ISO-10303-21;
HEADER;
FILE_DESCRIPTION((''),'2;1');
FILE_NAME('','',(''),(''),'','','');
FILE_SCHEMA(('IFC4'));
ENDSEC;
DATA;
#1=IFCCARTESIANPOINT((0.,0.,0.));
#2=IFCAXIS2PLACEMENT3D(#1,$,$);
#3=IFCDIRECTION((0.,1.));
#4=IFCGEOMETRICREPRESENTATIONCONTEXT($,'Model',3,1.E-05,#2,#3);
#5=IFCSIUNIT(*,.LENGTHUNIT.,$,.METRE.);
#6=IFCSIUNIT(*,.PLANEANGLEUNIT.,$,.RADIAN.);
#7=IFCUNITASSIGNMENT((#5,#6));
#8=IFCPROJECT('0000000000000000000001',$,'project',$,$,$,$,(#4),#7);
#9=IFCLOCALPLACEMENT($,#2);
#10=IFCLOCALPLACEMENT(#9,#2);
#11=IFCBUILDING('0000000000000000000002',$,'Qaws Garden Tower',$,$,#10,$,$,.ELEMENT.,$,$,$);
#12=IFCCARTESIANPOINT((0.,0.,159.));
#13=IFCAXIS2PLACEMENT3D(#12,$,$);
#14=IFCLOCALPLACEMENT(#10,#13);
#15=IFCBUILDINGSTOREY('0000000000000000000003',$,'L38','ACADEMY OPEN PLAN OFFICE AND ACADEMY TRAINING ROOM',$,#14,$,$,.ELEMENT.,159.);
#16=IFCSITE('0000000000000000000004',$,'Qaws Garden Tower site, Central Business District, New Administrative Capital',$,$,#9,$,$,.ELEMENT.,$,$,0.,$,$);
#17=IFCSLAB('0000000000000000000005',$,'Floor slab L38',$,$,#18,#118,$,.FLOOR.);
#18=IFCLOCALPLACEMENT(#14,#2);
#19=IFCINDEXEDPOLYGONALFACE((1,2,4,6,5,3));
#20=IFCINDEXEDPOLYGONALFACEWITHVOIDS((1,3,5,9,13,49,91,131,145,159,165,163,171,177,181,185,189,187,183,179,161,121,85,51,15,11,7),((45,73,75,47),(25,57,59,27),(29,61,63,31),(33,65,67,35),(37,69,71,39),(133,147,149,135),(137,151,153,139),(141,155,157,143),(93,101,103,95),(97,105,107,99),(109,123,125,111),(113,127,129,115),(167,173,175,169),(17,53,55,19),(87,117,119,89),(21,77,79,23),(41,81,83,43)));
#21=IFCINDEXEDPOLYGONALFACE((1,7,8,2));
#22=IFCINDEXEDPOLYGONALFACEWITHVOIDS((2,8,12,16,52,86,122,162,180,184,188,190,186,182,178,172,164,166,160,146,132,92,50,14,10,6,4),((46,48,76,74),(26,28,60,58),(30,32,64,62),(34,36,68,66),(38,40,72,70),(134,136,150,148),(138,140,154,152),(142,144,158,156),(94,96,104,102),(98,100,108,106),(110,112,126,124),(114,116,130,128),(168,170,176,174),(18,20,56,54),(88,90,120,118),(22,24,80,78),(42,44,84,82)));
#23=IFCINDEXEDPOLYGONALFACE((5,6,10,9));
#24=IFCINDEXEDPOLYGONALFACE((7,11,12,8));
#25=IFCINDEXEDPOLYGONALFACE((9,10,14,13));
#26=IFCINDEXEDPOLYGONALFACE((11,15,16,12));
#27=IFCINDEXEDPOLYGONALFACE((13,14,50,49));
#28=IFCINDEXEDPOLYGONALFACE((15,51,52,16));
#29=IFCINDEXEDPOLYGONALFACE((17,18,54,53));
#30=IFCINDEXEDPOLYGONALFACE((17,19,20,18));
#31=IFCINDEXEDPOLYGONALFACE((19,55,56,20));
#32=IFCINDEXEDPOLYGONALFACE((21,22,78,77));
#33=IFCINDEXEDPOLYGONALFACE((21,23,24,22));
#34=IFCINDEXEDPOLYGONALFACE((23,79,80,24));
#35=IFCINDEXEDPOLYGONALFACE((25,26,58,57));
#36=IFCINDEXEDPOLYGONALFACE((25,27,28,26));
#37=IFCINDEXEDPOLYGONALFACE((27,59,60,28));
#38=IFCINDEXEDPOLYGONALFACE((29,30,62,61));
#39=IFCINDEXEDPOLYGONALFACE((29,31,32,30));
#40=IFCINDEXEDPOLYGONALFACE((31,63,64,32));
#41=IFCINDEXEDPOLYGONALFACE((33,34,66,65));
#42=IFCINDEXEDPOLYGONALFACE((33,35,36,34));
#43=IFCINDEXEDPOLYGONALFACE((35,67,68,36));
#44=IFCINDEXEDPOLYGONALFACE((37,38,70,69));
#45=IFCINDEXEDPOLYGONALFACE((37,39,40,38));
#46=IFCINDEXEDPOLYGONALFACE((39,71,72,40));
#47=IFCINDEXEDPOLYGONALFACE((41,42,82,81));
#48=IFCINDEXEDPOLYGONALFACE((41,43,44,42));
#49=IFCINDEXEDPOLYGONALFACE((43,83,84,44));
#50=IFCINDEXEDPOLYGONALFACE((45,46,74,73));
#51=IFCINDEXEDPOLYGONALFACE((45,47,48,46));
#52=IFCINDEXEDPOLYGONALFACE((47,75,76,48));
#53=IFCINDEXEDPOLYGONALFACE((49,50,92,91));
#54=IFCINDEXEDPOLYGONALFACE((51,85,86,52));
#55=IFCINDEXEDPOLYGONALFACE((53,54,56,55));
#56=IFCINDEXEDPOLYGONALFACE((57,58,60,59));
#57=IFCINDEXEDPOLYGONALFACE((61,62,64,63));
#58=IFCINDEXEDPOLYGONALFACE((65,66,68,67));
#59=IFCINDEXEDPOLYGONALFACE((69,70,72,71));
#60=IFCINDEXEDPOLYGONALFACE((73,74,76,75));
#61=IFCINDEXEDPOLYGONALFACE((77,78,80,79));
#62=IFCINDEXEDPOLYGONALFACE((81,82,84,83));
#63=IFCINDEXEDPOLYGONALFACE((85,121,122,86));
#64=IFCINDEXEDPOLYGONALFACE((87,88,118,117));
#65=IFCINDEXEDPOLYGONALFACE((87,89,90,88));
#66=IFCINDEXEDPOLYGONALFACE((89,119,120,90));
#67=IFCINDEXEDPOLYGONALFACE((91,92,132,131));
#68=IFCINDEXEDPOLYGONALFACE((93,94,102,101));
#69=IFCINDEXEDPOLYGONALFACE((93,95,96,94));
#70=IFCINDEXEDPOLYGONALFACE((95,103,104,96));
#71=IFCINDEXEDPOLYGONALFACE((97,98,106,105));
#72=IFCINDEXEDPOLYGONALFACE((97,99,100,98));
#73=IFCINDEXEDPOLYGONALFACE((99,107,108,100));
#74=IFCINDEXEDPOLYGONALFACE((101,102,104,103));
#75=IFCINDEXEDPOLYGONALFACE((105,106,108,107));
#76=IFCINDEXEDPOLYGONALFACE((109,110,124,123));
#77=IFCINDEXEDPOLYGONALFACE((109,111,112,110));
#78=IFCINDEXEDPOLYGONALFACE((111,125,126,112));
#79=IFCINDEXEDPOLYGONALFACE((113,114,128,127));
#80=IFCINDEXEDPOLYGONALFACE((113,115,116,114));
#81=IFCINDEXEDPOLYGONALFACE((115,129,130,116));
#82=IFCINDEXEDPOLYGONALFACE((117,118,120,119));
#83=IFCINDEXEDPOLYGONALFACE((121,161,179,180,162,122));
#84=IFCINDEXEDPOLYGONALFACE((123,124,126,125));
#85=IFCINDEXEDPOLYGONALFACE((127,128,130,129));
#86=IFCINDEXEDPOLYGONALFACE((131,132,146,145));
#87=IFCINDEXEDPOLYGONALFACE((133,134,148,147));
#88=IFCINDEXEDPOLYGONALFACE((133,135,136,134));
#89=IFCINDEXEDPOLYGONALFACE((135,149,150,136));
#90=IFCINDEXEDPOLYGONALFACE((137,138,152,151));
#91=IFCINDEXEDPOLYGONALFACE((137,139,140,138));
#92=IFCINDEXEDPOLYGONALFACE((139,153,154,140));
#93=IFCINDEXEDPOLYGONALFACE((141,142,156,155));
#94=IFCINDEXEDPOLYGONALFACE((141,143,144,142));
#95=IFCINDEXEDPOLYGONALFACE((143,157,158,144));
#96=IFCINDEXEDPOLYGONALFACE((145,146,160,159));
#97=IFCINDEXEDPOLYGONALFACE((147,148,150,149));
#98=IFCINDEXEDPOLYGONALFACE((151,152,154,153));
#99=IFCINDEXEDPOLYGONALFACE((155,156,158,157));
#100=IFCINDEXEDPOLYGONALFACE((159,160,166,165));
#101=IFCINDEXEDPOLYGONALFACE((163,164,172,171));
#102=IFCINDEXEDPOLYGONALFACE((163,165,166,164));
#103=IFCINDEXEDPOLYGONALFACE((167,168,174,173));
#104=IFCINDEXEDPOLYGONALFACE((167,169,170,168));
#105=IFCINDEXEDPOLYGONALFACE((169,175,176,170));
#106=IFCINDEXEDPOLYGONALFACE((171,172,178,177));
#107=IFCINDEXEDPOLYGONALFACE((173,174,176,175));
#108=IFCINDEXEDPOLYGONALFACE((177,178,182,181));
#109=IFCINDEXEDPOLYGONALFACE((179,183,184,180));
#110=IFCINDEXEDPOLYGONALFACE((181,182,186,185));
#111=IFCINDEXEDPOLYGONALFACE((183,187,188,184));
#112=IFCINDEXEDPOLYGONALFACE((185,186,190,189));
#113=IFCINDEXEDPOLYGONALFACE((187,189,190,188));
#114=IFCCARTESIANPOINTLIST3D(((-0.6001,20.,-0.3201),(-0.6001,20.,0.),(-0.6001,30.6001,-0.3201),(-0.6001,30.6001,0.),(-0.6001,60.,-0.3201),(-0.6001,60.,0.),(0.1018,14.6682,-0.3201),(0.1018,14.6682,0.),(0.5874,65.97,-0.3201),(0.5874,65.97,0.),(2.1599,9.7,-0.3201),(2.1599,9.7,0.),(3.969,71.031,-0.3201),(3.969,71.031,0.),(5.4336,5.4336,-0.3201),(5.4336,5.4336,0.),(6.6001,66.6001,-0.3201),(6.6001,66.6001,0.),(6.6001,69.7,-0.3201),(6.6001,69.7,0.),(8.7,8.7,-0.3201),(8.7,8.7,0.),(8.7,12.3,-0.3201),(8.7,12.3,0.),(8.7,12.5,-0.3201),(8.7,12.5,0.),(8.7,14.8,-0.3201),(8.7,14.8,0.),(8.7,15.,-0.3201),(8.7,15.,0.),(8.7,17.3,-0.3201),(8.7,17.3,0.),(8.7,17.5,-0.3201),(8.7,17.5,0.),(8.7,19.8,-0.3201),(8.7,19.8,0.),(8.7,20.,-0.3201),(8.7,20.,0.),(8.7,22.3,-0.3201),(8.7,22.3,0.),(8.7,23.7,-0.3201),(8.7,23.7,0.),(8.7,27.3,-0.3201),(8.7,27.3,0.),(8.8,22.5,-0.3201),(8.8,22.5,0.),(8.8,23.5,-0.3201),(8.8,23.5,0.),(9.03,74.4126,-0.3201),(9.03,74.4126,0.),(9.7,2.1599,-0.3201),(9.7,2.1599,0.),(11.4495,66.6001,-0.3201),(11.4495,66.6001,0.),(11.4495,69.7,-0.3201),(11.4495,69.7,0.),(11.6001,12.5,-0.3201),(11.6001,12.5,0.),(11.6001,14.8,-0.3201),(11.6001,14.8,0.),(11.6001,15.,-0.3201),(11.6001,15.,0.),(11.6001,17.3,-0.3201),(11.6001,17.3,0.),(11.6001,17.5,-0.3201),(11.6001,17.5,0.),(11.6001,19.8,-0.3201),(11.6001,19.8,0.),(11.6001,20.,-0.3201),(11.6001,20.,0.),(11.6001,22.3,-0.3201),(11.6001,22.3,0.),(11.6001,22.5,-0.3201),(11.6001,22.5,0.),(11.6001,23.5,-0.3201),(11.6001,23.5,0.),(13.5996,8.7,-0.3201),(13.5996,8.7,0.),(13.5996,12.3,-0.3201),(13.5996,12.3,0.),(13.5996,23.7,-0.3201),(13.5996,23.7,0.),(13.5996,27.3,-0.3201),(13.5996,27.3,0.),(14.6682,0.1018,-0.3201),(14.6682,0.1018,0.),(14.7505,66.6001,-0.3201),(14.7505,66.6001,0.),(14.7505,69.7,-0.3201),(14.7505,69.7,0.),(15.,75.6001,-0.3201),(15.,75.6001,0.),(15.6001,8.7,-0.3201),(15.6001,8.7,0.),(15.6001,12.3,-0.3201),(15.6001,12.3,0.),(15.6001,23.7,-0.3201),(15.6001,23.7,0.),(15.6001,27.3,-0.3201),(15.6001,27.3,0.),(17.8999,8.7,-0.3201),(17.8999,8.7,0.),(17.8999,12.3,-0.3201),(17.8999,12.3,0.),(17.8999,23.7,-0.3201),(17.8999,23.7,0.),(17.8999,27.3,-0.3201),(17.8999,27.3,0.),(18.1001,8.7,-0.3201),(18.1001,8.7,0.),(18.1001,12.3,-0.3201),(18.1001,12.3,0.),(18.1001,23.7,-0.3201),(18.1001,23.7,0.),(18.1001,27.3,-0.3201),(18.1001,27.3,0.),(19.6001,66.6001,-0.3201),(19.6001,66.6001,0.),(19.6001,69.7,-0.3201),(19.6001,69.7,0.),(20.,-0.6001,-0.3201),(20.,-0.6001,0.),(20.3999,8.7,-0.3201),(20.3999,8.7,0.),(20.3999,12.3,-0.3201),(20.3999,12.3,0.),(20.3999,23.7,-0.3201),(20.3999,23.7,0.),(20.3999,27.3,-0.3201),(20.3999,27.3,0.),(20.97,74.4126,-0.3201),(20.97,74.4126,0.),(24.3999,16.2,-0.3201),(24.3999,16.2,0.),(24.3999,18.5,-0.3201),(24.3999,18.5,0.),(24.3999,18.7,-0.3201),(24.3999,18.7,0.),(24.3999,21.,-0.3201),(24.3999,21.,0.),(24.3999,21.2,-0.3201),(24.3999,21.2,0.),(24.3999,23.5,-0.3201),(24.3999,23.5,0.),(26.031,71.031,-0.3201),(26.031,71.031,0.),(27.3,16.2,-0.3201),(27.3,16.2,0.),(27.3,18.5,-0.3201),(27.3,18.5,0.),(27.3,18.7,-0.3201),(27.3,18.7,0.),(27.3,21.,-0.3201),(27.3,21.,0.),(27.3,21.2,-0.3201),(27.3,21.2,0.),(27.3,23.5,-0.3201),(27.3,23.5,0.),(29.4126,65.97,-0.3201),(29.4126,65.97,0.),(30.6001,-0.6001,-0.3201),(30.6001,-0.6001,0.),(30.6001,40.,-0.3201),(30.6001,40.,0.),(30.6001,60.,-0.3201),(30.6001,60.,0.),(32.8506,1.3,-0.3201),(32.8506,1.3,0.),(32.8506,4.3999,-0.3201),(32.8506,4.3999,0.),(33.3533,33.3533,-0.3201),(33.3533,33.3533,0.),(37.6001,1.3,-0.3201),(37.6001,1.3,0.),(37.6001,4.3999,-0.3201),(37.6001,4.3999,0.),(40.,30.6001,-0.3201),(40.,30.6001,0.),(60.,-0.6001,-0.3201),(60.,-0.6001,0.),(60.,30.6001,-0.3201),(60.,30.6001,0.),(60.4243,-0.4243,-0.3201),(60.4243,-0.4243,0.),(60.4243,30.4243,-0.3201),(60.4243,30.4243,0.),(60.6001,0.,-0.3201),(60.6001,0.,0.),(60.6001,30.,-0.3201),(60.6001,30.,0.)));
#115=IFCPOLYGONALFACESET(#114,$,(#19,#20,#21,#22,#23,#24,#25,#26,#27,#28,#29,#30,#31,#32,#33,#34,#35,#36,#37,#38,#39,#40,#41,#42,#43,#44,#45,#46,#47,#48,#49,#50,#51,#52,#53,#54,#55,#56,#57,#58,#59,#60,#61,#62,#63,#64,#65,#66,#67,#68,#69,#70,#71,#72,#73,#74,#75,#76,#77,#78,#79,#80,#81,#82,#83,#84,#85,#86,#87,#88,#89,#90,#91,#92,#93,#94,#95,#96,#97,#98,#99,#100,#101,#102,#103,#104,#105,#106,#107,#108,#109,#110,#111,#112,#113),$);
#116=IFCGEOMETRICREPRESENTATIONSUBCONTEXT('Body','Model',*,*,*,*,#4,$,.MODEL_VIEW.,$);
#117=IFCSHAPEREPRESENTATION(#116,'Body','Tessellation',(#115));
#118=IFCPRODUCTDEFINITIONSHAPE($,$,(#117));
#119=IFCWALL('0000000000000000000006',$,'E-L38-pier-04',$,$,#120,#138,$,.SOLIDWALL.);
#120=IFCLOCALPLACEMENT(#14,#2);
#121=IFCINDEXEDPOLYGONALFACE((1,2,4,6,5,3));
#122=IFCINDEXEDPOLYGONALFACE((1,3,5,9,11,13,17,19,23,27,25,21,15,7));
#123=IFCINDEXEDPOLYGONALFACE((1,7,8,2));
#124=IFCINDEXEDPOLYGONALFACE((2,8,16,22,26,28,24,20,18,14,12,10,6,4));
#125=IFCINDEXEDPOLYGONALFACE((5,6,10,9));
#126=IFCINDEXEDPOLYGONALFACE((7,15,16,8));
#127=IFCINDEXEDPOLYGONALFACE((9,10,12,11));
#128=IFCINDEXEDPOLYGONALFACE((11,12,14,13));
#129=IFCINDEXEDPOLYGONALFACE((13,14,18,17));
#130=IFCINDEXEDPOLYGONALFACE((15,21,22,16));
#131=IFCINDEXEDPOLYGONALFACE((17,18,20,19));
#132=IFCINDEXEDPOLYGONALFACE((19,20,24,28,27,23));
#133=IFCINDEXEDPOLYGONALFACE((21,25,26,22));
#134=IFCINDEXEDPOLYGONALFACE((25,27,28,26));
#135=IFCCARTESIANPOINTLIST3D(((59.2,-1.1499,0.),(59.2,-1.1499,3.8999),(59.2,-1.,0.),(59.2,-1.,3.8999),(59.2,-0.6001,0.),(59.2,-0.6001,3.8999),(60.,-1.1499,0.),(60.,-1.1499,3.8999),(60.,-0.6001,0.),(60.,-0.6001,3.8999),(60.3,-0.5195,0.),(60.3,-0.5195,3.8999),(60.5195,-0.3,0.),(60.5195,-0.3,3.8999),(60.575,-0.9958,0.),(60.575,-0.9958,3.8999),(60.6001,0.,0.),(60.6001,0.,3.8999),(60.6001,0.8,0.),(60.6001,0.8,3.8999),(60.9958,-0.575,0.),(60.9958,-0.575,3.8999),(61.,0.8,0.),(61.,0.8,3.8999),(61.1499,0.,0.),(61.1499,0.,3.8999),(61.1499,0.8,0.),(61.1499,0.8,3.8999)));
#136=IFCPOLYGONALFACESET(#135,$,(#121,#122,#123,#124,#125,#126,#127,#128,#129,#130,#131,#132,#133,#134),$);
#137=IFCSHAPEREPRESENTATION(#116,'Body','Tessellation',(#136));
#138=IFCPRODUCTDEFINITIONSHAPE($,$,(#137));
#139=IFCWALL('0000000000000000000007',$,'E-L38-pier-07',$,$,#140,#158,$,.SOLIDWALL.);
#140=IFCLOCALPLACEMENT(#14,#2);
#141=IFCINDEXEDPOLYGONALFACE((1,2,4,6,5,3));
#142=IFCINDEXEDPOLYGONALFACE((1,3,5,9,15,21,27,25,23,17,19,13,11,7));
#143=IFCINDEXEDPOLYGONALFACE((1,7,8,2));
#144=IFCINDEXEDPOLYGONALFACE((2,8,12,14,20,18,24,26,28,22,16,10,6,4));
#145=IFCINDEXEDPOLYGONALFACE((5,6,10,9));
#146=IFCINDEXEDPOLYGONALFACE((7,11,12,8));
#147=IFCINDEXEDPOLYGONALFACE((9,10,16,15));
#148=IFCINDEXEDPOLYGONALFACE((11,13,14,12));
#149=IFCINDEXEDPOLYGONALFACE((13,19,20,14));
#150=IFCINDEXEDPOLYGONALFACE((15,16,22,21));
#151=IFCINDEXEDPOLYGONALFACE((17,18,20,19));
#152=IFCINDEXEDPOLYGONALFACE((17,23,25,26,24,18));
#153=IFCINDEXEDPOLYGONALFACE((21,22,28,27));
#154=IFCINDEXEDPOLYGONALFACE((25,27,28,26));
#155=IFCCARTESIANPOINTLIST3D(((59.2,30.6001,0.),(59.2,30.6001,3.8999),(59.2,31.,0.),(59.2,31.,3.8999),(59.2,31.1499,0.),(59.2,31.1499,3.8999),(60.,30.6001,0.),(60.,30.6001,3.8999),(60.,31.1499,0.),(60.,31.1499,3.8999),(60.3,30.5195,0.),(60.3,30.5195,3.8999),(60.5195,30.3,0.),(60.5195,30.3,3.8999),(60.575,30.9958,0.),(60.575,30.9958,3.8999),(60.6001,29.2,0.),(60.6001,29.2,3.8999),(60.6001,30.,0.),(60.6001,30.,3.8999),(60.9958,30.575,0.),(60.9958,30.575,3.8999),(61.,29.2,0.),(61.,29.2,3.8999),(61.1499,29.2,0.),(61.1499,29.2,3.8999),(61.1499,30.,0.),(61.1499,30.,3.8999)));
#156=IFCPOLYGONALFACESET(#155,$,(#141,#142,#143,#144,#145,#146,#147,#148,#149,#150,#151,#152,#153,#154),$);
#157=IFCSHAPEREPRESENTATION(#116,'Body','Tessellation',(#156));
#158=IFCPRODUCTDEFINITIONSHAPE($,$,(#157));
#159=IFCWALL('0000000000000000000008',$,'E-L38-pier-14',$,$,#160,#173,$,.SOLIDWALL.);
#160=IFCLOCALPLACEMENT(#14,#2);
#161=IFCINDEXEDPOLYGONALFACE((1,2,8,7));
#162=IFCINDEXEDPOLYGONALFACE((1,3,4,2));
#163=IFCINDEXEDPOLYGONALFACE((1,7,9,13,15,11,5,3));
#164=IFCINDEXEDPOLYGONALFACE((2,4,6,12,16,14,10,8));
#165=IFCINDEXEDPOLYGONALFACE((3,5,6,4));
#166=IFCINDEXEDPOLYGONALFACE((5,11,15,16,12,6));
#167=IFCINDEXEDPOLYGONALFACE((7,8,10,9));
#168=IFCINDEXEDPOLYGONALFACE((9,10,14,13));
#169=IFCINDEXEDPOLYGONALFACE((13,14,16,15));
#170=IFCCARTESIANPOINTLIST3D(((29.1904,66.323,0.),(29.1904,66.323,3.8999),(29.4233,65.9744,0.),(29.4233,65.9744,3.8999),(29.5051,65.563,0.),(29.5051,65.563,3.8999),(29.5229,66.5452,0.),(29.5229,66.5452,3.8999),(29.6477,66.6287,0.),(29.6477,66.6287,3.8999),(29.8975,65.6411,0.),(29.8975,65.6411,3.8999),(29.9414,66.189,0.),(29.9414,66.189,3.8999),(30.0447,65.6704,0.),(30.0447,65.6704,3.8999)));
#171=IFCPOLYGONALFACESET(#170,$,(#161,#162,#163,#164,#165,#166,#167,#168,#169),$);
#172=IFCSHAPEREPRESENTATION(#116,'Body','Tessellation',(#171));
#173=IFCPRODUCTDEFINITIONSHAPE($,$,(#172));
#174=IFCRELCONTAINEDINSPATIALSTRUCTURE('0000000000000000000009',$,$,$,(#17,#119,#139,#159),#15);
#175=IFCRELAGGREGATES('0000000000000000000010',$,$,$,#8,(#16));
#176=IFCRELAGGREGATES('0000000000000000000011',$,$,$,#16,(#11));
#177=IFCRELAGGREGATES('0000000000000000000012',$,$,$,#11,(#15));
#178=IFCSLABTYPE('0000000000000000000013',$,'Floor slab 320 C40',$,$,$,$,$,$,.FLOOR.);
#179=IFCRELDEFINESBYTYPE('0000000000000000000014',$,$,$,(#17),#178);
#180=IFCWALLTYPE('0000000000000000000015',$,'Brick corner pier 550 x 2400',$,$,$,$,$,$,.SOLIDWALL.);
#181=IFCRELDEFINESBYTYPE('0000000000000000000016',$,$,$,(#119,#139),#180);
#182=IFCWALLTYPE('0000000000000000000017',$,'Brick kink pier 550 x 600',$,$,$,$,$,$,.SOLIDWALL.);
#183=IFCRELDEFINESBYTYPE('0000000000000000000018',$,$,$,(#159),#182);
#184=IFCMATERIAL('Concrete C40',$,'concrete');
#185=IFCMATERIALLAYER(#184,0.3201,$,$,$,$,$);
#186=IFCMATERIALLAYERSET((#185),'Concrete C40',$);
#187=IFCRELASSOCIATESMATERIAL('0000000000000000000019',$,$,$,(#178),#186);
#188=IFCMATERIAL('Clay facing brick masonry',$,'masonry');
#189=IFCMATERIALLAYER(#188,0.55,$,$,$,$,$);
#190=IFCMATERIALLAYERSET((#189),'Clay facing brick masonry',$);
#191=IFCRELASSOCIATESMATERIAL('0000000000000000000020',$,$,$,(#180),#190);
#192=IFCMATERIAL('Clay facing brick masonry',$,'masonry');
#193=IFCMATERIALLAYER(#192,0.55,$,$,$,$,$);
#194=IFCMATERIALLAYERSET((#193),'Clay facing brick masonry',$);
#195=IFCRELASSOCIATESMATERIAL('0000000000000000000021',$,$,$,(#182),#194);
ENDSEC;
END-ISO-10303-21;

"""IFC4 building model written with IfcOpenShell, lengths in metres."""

from ifc_helpers import new_model, si_unit, direction, frame, origin, place, context, subcontext, project, spatial, polyline, outline, extrude, material, layer, layer_set, type_object, element, save


model = new_model("IFC4")

# Units and contexts
model_context = context("Model", 3, precision=1e-05, world=origin(), true_north=direction((0.0, 1.0)))
body_context = subcontext(model_context, "Body", "Model", "MODEL_VIEW")
ifc_project = project(units=[si_unit("LENGTHUNIT", "METRE"), si_unit("PLANEANGLEUNIT", "RADIAN")], contexts=[model_context])

# Site, building, storey
site_placement = place(None, origin())
site = spatial("IfcSite", under=ifc_project, at=site_placement, Name="Qaws Garden Tower site, Central Business District, New Administrative Capital", CompositionType="ELEMENT", RefElevation=0.0)
building_placement = place(site_placement, origin())
building = spatial("IfcBuilding", under=site, at=building_placement, Name="Qaws Garden Tower", CompositionType="ELEMENT")
storey_placement = place(building_placement, frame((0.0, 0.0, 159.0)))
storey = spatial("IfcBuildingStorey", under=building, at=storey_placement, Name="L38", Description="ACADEMY OPEN PLAN OFFICE AND ACADEMY TRAINING ROOM", CompositionType="ELEMENT", Elevation=159.0)

# Slab
ifc_material_1 = material(Name="Concrete C40", Category="concrete")
ifc_layer_1 = layer(ifc_material_1, 0.3201)
ifc_layer_set_1 = layer_set([ifc_layer_1], Name="Concrete C40")
slab_type = type_object("IfcSlabType", Name="Floor slab 320 C40", PredefinedType="FLOOR", material=ifc_layer_set_1)
slab_placement = place(storey_placement, frame((0.0, 0.0, -0.3201)))
element("IfcSlab", 1, at=slab_placement, inside=storey, type_object=slab_type, Name="Floor slab L38", PredefinedType="FLOOR", context=body_context, shape_type="SweptSolid", body=[
    extrude(outline(polyline([(0.1018, 14.6682), (-0.6001, 20.0), (-0.6001, 30.6001), (-0.6001, 60.0), (-0.6001, 60.0), (0.5874, 65.97), (3.969, 71.031), (9.03, 74.4126), (15.0, 75.6001), (20.97, 74.4126), (26.031, 71.031), (29.4126, 65.97), (30.6001, 60.0), (30.6001, 40.0), (33.3533, 33.3533), (40.0, 30.6001), (60.0, 30.6001), (60.4243, 30.4243), (60.6001, 30.0), (60.6001, 0.0), (60.4243, -0.4243), (60.0, -0.6001), (30.6001, -0.6001), (20.0, -0.6001), (14.6682, 0.1018), (9.7, 2.1599), (5.4336, 5.4336), (2.1599, 9.7), (0.1018, 14.6682)]), holes=[polyline([(13.5996, 12.3), (8.7, 12.3), (8.7, 8.7), (13.5996, 8.7), (13.5996, 12.3)]), polyline([(17.8999, 12.3), (15.6001, 12.3), (15.6001, 8.7), (17.8999, 8.7), (17.8999, 12.3)]), polyline([(11.6001, 14.8), (8.7, 14.8), (8.7, 12.5), (11.6001, 12.5), (11.6001, 14.8)]), polyline([(11.6001, 17.3), (8.7, 17.3), (8.7, 15.0), (11.6001, 15.0), (11.6001, 17.3)]), polyline([(11.6001, 19.8), (8.7, 19.8), (8.7, 17.5), (11.6001, 17.5), (11.6001, 19.8)]), polyline([(11.6001, 22.3), (8.7, 22.3), (8.7, 20.0), (11.6001, 20.0), (11.6001, 22.3)]), polyline([(11.6001, 23.5), (8.8, 23.5), (8.8, 22.5), (11.6001, 22.5), (11.6001, 23.5)]), polyline([(13.5996, 27.3), (8.7, 27.3), (8.7, 23.7), (13.5996, 23.7), (13.5996, 27.3)]), polyline([(11.4495, 69.7), (6.6001, 69.7), (6.6001, 66.6001), (11.4495, 66.6001), (11.4495, 69.7)]), polyline([(37.6001, 4.3999), (32.8506, 4.3999), (32.8506, 1.3), (37.6001, 1.3), (37.6001, 4.3999)]), polyline([(20.3999, 12.3), (18.1001, 12.3), (18.1001, 8.7), (20.3999, 8.7), (20.3999, 12.3)]), polyline([(27.3, 18.5), (24.3999, 18.5), (24.3999, 16.2), (27.3, 16.2), (27.3, 18.5)]), polyline([(27.3, 21.0), (24.3999, 21.0), (24.3999, 18.7), (27.3, 18.7), (27.3, 21.0)]), polyline([(27.3, 23.5), (24.3999, 23.5), (24.3999, 21.2), (27.3, 21.2), (27.3, 23.5)]), polyline([(17.8999, 27.3), (15.6001, 27.3), (15.6001, 23.7), (17.8999, 23.7), (17.8999, 27.3)]), polyline([(20.3999, 23.7), (20.3999, 27.3), (18.1001, 27.3), (18.1001, 23.7), (20.3999, 23.7)]), polyline([(19.6001, 66.6001), (19.6001, 69.7), (14.7505, 69.7), (14.7505, 66.6001), (19.6001, 66.6001)])]), origin(), (0.0, 0.0, 1.0), 0.3201),
])

# Walls
ifc_material_2 = material(Name="Clay facing brick masonry", Category="masonry")
ifc_layer_2 = layer(ifc_material_2, 0.55)
ifc_layer_set_2 = layer_set([ifc_layer_2], Name="Clay facing brick masonry")
wall_type_1 = type_object("IfcWallType", Name="Brick corner pier 550 x 2400", PredefinedType="SOLIDWALL", material=ifc_layer_set_2)
placement = place(storey_placement, origin())
element("IfcWall", 2, at=placement, inside=storey, type_object=wall_type_1, Name="E-L38-pier-04", PredefinedType="SOLIDWALL", context=body_context, shape_type="SweptSolid", body=[
    extrude(outline(polyline([(59.2, -1.0), (59.2, -1.1499), (60.0, -1.1499), (60.575, -0.9958), (60.9958, -0.575), (61.1499, 0.0), (61.1499, 0.8), (61.0, 0.8), (60.6001, 0.8), (60.6001, 0.0), (60.5195, -0.3), (60.3, -0.5195), (60.0, -0.6001), (59.2, -0.6001), (59.2, -1.0)])), origin(), (0.0, 0.0, 1.0), 3.8999),
])
element("IfcWall", 3, at=placement, inside=storey, type_object=wall_type_1, Name="E-L38-pier-07", PredefinedType="SOLIDWALL", context=body_context, shape_type="SweptSolid", body=[
    extrude(outline(polyline([(61.0, 29.2), (61.1499, 29.2), (61.1499, 30.0), (60.9958, 30.575), (60.575, 30.9958), (60.0, 31.1499), (59.2, 31.1499), (59.2, 31.0), (59.2, 30.6001), (60.0, 30.6001), (60.3, 30.5195), (60.5195, 30.3), (60.6001, 30.0), (60.6001, 29.2), (61.0, 29.2)])), origin(), (0.0, 0.0, 1.0), 3.8999),
])
ifc_material_3 = material(Name="Clay facing brick masonry", Category="masonry")
ifc_layer_3 = layer(ifc_material_3, 0.55)
ifc_layer_set_3 = layer_set([ifc_layer_3], Name="Clay facing brick masonry")
wall_type_2 = type_object("IfcWallType", Name="Brick kink pier 550 x 600", PredefinedType="SOLIDWALL", material=ifc_layer_set_3)
element("IfcWall", 4, at=placement, inside=storey, type_object=wall_type_2, Name="E-L38-pier-14", PredefinedType="SOLIDWALL", context=body_context, shape_type="SweptSolid", body=[
    extrude(outline(polyline([(29.8975, 65.6411), (30.0447, 65.6704), (29.9414, 66.189), (29.6477, 66.6287), (29.5229, 66.5452), (29.1904, 66.323), (29.4233, 65.9744), (29.5051, 65.563), (29.8975, 65.6411)])), origin(), (0.0, 0.0, 1.0), 3.8999),
])

save(model, "model.ifc")
